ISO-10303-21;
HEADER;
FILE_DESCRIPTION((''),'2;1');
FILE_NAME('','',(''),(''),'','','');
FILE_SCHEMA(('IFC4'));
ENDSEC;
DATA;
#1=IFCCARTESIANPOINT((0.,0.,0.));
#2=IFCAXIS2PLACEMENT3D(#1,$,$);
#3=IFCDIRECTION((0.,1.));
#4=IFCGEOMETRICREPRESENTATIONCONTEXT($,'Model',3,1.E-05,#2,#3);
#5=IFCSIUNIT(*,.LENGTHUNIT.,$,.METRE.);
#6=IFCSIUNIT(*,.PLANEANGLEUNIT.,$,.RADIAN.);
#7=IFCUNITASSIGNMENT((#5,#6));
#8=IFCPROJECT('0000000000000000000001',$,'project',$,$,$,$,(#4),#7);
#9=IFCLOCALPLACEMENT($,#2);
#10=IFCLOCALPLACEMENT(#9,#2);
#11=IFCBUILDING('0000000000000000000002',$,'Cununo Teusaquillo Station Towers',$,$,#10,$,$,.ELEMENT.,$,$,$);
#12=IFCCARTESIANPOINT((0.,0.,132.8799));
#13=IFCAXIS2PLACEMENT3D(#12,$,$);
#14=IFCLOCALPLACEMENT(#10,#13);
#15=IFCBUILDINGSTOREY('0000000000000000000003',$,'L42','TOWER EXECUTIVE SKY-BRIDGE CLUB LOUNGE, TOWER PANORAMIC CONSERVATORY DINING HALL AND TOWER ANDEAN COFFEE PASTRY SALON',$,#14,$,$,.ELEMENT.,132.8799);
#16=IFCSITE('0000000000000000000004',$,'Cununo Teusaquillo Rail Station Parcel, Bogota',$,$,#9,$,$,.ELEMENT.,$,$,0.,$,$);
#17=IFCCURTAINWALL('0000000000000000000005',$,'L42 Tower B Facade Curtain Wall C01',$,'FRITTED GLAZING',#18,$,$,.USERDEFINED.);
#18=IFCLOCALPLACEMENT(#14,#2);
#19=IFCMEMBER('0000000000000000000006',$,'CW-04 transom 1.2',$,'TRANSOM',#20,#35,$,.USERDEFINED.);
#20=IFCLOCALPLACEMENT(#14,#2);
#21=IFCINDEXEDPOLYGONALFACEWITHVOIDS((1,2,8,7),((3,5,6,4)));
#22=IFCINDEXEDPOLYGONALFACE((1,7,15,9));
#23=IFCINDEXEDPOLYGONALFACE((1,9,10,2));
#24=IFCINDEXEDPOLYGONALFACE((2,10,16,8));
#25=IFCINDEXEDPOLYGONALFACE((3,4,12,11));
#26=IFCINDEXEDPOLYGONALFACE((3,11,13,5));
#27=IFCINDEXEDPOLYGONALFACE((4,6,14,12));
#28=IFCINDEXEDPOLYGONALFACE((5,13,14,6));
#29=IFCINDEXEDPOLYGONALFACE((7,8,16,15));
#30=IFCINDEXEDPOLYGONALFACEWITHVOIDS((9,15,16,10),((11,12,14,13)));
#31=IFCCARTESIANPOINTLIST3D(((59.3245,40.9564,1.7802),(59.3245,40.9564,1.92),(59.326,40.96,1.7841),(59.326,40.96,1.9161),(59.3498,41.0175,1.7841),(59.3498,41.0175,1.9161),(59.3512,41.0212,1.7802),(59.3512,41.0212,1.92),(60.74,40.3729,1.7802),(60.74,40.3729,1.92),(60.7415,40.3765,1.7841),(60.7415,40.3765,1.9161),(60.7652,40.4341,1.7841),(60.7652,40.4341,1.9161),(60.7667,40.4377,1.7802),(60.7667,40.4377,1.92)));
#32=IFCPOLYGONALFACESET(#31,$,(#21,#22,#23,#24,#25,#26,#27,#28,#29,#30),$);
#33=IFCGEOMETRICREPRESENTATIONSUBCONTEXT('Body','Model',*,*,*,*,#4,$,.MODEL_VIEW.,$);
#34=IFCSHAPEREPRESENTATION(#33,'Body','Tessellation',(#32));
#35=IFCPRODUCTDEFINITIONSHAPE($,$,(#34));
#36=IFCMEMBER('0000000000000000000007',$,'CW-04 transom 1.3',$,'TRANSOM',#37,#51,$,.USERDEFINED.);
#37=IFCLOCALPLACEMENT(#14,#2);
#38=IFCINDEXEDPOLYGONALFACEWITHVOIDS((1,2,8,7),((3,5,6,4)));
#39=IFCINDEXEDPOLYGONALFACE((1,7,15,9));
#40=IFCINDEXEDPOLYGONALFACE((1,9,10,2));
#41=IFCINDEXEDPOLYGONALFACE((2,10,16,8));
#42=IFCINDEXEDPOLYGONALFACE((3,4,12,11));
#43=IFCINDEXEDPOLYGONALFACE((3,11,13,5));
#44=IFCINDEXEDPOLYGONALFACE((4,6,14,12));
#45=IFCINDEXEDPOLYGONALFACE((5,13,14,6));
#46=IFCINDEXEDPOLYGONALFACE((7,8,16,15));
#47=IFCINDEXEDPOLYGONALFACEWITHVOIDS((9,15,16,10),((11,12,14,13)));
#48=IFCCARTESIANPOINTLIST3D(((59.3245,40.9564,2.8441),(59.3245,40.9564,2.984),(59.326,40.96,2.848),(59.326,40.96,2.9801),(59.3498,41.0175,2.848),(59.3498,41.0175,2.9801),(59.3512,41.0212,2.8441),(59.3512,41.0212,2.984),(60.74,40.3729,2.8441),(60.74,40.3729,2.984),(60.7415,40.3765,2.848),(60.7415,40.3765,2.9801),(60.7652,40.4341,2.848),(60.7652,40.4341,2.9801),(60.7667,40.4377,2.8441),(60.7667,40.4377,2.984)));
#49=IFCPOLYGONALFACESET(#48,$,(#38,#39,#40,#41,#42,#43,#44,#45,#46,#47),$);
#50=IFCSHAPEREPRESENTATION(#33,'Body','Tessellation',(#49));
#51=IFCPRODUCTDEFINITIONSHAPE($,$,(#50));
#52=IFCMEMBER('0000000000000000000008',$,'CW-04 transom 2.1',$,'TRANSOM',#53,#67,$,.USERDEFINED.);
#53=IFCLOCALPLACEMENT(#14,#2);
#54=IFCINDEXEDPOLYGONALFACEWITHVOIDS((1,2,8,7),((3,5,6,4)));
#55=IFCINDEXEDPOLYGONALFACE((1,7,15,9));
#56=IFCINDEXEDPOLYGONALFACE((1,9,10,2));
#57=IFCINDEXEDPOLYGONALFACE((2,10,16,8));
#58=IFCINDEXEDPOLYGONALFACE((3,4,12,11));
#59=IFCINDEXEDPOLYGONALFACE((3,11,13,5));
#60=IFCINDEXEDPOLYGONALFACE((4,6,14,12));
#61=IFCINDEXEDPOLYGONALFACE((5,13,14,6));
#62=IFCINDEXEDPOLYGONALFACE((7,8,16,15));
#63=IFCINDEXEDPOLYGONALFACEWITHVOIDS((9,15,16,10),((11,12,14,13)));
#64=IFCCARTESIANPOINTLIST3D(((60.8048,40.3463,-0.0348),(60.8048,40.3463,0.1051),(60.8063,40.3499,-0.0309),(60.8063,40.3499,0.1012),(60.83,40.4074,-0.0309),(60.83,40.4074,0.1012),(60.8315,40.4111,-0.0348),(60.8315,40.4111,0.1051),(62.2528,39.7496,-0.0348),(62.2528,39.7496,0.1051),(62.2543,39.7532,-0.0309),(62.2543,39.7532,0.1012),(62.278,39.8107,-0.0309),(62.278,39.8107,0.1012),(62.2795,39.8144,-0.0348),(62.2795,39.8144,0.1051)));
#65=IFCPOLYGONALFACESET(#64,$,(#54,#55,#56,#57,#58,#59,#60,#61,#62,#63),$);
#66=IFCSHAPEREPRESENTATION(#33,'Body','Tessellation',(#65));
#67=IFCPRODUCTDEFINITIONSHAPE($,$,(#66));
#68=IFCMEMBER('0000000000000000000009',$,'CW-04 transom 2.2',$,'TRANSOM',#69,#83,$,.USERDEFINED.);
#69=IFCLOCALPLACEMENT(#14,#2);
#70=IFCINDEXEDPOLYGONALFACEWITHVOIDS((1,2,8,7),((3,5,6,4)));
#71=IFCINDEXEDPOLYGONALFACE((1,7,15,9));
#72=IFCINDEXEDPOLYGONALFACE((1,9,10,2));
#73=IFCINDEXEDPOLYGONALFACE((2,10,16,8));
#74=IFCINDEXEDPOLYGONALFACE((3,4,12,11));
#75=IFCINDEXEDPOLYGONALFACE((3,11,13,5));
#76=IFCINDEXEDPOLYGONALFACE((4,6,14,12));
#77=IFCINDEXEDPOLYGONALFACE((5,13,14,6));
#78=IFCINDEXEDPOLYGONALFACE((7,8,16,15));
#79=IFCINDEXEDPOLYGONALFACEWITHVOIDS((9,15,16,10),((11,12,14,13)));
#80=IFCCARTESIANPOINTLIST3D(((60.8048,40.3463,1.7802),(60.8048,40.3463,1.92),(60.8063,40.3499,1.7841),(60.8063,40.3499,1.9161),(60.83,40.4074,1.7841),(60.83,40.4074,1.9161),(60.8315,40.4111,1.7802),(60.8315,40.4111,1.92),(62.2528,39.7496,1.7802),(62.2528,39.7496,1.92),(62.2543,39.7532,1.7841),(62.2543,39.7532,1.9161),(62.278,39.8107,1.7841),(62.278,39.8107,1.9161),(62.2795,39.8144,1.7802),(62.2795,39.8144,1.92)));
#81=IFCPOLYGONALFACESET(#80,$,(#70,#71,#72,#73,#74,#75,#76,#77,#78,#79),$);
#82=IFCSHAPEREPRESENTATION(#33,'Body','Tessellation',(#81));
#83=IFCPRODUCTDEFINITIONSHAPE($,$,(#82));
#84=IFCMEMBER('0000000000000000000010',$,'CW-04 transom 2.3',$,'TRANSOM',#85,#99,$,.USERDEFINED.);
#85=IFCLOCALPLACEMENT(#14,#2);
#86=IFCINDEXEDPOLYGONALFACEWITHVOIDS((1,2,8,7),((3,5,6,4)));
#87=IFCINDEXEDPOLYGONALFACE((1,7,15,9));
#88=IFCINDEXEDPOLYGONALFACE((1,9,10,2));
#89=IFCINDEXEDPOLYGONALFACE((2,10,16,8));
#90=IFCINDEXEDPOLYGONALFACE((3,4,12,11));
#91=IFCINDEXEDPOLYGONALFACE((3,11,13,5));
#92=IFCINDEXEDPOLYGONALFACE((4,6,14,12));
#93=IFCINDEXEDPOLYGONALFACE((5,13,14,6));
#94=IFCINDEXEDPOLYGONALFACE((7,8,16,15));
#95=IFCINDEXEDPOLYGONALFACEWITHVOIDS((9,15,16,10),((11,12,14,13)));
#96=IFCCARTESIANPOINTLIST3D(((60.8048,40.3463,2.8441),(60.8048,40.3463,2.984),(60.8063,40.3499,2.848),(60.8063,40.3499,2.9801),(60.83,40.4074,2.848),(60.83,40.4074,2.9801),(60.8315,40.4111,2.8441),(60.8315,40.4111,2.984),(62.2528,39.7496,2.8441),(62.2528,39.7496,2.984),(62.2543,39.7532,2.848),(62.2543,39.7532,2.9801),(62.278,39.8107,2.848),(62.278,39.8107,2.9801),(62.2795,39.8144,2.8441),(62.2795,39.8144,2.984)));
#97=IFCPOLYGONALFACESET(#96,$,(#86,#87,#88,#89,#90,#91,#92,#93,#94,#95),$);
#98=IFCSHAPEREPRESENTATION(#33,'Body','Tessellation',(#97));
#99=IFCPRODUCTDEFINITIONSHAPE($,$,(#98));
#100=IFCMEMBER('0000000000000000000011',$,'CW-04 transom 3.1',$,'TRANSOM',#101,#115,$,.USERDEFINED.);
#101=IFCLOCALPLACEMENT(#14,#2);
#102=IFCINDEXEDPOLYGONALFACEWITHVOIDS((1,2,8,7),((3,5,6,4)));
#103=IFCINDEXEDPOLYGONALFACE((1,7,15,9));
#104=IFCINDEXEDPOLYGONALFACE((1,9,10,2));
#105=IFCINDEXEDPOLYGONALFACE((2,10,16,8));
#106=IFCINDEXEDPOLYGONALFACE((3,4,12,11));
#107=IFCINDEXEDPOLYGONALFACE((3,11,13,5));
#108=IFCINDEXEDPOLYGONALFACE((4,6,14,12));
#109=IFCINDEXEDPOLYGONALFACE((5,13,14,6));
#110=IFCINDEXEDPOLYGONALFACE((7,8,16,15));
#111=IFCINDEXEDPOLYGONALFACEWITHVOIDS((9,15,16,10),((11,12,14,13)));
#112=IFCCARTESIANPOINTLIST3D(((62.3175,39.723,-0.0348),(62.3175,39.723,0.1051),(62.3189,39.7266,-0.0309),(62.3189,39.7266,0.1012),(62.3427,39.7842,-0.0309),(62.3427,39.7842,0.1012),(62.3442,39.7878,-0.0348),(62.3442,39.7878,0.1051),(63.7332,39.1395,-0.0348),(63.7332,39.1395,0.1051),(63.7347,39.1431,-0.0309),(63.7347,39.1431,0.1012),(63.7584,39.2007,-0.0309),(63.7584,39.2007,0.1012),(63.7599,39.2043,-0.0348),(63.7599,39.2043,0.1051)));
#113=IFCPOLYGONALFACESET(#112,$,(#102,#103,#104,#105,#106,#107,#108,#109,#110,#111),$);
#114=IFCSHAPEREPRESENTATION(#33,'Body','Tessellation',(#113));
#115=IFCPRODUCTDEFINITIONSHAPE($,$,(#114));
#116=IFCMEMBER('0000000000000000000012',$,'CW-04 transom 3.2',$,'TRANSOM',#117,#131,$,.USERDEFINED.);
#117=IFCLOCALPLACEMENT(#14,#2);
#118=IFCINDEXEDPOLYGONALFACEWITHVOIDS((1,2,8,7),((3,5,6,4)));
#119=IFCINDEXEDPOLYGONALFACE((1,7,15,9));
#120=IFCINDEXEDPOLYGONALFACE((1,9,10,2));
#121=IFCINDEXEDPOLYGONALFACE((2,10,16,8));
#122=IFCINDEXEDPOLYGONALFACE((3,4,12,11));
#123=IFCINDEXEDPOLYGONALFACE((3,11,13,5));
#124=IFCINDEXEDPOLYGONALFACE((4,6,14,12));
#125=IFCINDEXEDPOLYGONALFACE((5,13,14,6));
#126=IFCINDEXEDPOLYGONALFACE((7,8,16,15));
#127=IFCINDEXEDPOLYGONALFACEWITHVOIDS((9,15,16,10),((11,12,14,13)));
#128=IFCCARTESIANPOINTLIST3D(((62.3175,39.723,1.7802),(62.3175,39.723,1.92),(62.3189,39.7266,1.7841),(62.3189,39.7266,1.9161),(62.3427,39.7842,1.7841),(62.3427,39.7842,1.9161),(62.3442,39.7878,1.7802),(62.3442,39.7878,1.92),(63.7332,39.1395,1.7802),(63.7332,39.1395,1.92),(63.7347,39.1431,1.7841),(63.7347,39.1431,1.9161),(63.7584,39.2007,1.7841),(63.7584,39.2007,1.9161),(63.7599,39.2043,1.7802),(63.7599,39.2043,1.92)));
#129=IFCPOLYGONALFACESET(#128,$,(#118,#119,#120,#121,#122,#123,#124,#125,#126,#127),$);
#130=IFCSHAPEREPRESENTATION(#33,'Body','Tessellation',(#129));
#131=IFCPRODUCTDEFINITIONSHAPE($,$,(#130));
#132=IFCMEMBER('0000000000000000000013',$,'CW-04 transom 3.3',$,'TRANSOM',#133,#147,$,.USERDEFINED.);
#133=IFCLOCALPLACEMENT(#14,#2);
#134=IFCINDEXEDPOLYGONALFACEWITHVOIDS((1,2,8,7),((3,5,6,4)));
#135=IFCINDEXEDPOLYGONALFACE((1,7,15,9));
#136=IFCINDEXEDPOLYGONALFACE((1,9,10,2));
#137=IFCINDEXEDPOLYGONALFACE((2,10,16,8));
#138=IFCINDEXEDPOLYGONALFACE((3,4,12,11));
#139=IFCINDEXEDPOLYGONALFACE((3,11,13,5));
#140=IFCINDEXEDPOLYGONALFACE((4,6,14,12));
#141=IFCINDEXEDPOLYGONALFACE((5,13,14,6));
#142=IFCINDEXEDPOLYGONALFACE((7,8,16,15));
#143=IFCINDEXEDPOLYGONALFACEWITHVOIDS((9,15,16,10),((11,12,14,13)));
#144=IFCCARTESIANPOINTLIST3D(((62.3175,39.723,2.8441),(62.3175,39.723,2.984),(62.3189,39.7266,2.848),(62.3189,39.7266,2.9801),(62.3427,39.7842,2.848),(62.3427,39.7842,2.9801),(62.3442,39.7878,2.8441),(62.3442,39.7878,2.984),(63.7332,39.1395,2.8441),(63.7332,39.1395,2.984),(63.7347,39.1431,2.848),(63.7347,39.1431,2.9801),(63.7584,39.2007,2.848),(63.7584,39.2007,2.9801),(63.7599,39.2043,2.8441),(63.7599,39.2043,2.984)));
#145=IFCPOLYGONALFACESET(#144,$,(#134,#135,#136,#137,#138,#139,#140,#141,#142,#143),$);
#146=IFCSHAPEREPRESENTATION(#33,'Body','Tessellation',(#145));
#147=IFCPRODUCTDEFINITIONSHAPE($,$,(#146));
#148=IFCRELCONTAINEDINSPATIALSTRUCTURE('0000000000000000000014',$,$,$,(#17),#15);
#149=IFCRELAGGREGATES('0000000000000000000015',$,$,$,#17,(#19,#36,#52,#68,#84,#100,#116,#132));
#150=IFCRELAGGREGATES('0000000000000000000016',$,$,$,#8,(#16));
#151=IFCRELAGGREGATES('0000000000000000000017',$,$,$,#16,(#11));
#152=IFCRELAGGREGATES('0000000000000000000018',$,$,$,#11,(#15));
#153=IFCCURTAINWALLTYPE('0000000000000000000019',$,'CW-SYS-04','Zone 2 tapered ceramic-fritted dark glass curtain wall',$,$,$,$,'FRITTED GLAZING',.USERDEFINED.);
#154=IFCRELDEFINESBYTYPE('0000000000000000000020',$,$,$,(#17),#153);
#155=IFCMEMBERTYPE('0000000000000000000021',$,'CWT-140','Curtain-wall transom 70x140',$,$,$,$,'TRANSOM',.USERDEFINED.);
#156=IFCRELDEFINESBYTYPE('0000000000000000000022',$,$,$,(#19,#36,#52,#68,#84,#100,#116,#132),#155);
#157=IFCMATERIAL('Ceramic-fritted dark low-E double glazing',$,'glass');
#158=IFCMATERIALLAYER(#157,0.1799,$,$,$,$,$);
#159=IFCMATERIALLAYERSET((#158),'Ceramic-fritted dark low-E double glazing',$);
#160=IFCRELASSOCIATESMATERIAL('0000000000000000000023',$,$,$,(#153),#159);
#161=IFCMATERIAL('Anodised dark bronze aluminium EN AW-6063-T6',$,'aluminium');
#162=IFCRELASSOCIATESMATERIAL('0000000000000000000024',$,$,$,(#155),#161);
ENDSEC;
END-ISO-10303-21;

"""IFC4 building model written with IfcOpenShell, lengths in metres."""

from ifc_helpers import new_model, si_unit, direction, frame, origin, origin_2d, place, context, subcontext, project, spatial, hollow_rectangle, extrude, material, layer, layer_set, material_profile, profile_set, type_object, element, aggregate, save


model = new_model("IFC4")

# Units and contexts
model_context = context("Model", 3, precision=1e-05, world=origin(), true_north=direction((0.0, 1.0)))
body_context = subcontext(model_context, "Body", "Model", "MODEL_VIEW")
ifc_project = project(units=[si_unit("LENGTHUNIT", "METRE"), si_unit("PLANEANGLEUNIT", "RADIAN")], contexts=[model_context])

# Site, building, storey
site_placement = place(None, origin())
site = spatial("IfcSite", under=ifc_project, at=site_placement, Name="Cununo Teusaquillo Rail Station Parcel, Bogota", CompositionType="ELEMENT", RefElevation=0.0)
building_placement = place(site_placement, origin())
building = spatial("IfcBuilding", under=site, at=building_placement, Name="Cununo Teusaquillo Station Towers", CompositionType="ELEMENT")
storey_placement = place(building_placement, frame((0.0, 0.0, 132.8799)))
storey = spatial("IfcBuildingStorey", under=building, at=storey_placement, Name="L42", Description="TOWER EXECUTIVE SKY-BRIDGE CLUB LOUNGE, TOWER PANORAMIC CONSERVATORY DINING HALL AND TOWER ANDEAN COFFEE PASTRY SALON", CompositionType="ELEMENT", Elevation=132.8799)

# Curtain wall, members
ifc_material_1 = material(Name="Ceramic-fritted dark low-E double glazing", Category="glass")
ifc_layer_1 = layer(ifc_material_1, 0.1799)
ifc_layer_set_1 = layer_set([ifc_layer_1], Name="Ceramic-fritted dark low-E double glazing")
curtain_wall_type = type_object("IfcCurtainWallType", Name="CW-SYS-04", Description="Zone 2 tapered ceramic-fritted dark glass curtain wall", ElementType="FRITTED GLAZING", PredefinedType="USERDEFINED", material=ifc_layer_set_1)
curtain_wall_placement = place(storey_placement, origin())
curtain_wall = element("IfcCurtainWall", 1, at=curtain_wall_placement, inside=storey, type_object=curtain_wall_type, Name="L42 Tower B Facade Curtain Wall C01", ObjectType="FRITTED GLAZING", PredefinedType="USERDEFINED")
ifc_material_2 = material(Name="Anodised dark bronze aluminium EN AW-6063-T6", Category="aluminium")
ifc_material_profile_1 = material_profile(ifc_material_2, hollow_rectangle(XDim=0.0701, YDim=0.1399, WallThickness=0.0039, at=origin_2d()), Name="CW-TRAN-70x140")
ifc_profile_set_1 = profile_set([ifc_material_profile_1], Name="Anodised dark bronze aluminium EN AW-6063-T6")
member_type_1 = type_object("IfcMemberType", Name="CWT-140", Description="Curtain-wall transom 70x140", ElementType="TRANSOM", PredefinedType="USERDEFINED", material=ifc_profile_set_1)
member_1_placement = place(storey_placement, frame((59.3379, 40.9888, 1.8501), z_axis=(0.924533, -0.381103, 0.0), x_axis=(0.381103, 0.924533, 0.0)))
member_1 = element("IfcMember", 2, at=member_1_placement, type_object=member_type_1, Name="CW-04 transom 1.2", ObjectType="TRANSOM", PredefinedType="USERDEFINED", context=body_context, shape_type="SweptSolid", body=[
    extrude(hollow_rectangle(XDim=0.0701, YDim=0.1399, WallThickness=0.0039, at=origin_2d()), origin(), (0.0, 0.0, 1.0), 1.531),
])
member_2_placement = place(storey_placement, frame((59.3379, 40.9888, 2.9141), z_axis=(0.924533, -0.381103, 0.0), x_axis=(0.381103, 0.924533, 0.0)))
member_2 = element("IfcMember", 3, at=member_2_placement, type_object=member_type_1, Name="CW-04 transom 1.3", ObjectType="TRANSOM", PredefinedType="USERDEFINED", context=body_context, shape_type="SweptSolid", body=[
    extrude(hollow_rectangle(XDim=0.0701, YDim=0.1399, WallThickness=0.0039, at=origin_2d()), origin(), (0.0, 0.0, 1.0), 1.531),
])
member_3_placement = place(storey_placement, frame((60.8181, 40.3787, 0.0352), z_axis=(0.924578, -0.380993, 0.0), x_axis=(0.380993, 0.924578, 0.0)))
member_3 = element("IfcMember", 4, at=member_3_placement, type_object=member_type_1, Name="CW-04 transom 2.1", ObjectType="TRANSOM", PredefinedType="USERDEFINED", context=body_context, shape_type="SweptSolid", body=[
    extrude(hollow_rectangle(XDim=0.0701, YDim=0.1399, WallThickness=0.0039, at=origin_2d()), origin(), (0.0, 0.0, 1.0), 1.5662),
])
member_4_placement = place(storey_placement, frame((60.8181, 40.3787, 1.8501), z_axis=(0.924578, -0.380993, 0.0), x_axis=(0.380993, 0.924578, 0.0)))
member_4 = element("IfcMember", 5, at=member_4_placement, type_object=member_type_1, Name="CW-04 transom 2.2", ObjectType="TRANSOM", PredefinedType="USERDEFINED", context=body_context, shape_type="SweptSolid", body=[
    extrude(hollow_rectangle(XDim=0.0701, YDim=0.1399, WallThickness=0.0039, at=origin_2d()), origin(), (0.0, 0.0, 1.0), 1.5662),
])
member_5_placement = place(storey_placement, frame((60.8181, 40.3787, 2.9141), z_axis=(0.924578, -0.380993, 0.0), x_axis=(0.380993, 0.924578, 0.0)))
member_5 = element("IfcMember", 6, at=member_5_placement, type_object=member_type_1, Name="CW-04 transom 2.3", ObjectType="TRANSOM", PredefinedType="USERDEFINED", context=body_context, shape_type="SweptSolid", body=[
    extrude(hollow_rectangle(XDim=0.0701, YDim=0.1399, WallThickness=0.0039, at=origin_2d()), origin(), (0.0, 0.0, 1.0), 1.5662),
])
member_6_placement = place(storey_placement, frame((62.3308, 39.7554, 0.0352), z_axis=(0.924556, -0.381046, 0.0), x_axis=(0.381046, 0.924556, 0.0)))
member_6 = element("IfcMember", 7, at=member_6_placement, type_object=member_type_1, Name="CW-04 transom 3.1", ObjectType="TRANSOM", PredefinedType="USERDEFINED", context=body_context, shape_type="SweptSolid", body=[
    extrude(hollow_rectangle(XDim=0.0701, YDim=0.1399, WallThickness=0.0039, at=origin_2d()), origin(), (0.0, 0.0, 1.0), 1.5312),
])
member_7_placement = place(storey_placement, frame((62.3308, 39.7554, 1.8501), z_axis=(0.924556, -0.381046, 0.0), x_axis=(0.381046, 0.924556, 0.0)))
member_7 = element("IfcMember", 8, at=member_7_placement, type_object=member_type_1, Name="CW-04 transom 3.2", ObjectType="TRANSOM", PredefinedType="USERDEFINED", context=body_context, shape_type="SweptSolid", body=[
    extrude(hollow_rectangle(XDim=0.0701, YDim=0.1399, WallThickness=0.0039, at=origin_2d()), origin(), (0.0, 0.0, 1.0), 1.5312),
])
member_8_placement = place(storey_placement, frame((62.3308, 39.7554, 2.9141), z_axis=(0.924556, -0.381046, 0.0), x_axis=(0.381046, 0.924556, 0.0)))
member_8 = element("IfcMember", 9, at=member_8_placement, type_object=member_type_1, Name="CW-04 transom 3.3", ObjectType="TRANSOM", PredefinedType="USERDEFINED", context=body_context, shape_type="SweptSolid", body=[
    extrude(hollow_rectangle(XDim=0.0701, YDim=0.1399, WallThickness=0.0039, at=origin_2d()), origin(), (0.0, 0.0, 1.0), 1.5312),
])

aggregate(curtain_wall, [member_1, member_2, member_3, member_4, member_5, member_6, member_7, member_8])

save(model, "model.ifc")
